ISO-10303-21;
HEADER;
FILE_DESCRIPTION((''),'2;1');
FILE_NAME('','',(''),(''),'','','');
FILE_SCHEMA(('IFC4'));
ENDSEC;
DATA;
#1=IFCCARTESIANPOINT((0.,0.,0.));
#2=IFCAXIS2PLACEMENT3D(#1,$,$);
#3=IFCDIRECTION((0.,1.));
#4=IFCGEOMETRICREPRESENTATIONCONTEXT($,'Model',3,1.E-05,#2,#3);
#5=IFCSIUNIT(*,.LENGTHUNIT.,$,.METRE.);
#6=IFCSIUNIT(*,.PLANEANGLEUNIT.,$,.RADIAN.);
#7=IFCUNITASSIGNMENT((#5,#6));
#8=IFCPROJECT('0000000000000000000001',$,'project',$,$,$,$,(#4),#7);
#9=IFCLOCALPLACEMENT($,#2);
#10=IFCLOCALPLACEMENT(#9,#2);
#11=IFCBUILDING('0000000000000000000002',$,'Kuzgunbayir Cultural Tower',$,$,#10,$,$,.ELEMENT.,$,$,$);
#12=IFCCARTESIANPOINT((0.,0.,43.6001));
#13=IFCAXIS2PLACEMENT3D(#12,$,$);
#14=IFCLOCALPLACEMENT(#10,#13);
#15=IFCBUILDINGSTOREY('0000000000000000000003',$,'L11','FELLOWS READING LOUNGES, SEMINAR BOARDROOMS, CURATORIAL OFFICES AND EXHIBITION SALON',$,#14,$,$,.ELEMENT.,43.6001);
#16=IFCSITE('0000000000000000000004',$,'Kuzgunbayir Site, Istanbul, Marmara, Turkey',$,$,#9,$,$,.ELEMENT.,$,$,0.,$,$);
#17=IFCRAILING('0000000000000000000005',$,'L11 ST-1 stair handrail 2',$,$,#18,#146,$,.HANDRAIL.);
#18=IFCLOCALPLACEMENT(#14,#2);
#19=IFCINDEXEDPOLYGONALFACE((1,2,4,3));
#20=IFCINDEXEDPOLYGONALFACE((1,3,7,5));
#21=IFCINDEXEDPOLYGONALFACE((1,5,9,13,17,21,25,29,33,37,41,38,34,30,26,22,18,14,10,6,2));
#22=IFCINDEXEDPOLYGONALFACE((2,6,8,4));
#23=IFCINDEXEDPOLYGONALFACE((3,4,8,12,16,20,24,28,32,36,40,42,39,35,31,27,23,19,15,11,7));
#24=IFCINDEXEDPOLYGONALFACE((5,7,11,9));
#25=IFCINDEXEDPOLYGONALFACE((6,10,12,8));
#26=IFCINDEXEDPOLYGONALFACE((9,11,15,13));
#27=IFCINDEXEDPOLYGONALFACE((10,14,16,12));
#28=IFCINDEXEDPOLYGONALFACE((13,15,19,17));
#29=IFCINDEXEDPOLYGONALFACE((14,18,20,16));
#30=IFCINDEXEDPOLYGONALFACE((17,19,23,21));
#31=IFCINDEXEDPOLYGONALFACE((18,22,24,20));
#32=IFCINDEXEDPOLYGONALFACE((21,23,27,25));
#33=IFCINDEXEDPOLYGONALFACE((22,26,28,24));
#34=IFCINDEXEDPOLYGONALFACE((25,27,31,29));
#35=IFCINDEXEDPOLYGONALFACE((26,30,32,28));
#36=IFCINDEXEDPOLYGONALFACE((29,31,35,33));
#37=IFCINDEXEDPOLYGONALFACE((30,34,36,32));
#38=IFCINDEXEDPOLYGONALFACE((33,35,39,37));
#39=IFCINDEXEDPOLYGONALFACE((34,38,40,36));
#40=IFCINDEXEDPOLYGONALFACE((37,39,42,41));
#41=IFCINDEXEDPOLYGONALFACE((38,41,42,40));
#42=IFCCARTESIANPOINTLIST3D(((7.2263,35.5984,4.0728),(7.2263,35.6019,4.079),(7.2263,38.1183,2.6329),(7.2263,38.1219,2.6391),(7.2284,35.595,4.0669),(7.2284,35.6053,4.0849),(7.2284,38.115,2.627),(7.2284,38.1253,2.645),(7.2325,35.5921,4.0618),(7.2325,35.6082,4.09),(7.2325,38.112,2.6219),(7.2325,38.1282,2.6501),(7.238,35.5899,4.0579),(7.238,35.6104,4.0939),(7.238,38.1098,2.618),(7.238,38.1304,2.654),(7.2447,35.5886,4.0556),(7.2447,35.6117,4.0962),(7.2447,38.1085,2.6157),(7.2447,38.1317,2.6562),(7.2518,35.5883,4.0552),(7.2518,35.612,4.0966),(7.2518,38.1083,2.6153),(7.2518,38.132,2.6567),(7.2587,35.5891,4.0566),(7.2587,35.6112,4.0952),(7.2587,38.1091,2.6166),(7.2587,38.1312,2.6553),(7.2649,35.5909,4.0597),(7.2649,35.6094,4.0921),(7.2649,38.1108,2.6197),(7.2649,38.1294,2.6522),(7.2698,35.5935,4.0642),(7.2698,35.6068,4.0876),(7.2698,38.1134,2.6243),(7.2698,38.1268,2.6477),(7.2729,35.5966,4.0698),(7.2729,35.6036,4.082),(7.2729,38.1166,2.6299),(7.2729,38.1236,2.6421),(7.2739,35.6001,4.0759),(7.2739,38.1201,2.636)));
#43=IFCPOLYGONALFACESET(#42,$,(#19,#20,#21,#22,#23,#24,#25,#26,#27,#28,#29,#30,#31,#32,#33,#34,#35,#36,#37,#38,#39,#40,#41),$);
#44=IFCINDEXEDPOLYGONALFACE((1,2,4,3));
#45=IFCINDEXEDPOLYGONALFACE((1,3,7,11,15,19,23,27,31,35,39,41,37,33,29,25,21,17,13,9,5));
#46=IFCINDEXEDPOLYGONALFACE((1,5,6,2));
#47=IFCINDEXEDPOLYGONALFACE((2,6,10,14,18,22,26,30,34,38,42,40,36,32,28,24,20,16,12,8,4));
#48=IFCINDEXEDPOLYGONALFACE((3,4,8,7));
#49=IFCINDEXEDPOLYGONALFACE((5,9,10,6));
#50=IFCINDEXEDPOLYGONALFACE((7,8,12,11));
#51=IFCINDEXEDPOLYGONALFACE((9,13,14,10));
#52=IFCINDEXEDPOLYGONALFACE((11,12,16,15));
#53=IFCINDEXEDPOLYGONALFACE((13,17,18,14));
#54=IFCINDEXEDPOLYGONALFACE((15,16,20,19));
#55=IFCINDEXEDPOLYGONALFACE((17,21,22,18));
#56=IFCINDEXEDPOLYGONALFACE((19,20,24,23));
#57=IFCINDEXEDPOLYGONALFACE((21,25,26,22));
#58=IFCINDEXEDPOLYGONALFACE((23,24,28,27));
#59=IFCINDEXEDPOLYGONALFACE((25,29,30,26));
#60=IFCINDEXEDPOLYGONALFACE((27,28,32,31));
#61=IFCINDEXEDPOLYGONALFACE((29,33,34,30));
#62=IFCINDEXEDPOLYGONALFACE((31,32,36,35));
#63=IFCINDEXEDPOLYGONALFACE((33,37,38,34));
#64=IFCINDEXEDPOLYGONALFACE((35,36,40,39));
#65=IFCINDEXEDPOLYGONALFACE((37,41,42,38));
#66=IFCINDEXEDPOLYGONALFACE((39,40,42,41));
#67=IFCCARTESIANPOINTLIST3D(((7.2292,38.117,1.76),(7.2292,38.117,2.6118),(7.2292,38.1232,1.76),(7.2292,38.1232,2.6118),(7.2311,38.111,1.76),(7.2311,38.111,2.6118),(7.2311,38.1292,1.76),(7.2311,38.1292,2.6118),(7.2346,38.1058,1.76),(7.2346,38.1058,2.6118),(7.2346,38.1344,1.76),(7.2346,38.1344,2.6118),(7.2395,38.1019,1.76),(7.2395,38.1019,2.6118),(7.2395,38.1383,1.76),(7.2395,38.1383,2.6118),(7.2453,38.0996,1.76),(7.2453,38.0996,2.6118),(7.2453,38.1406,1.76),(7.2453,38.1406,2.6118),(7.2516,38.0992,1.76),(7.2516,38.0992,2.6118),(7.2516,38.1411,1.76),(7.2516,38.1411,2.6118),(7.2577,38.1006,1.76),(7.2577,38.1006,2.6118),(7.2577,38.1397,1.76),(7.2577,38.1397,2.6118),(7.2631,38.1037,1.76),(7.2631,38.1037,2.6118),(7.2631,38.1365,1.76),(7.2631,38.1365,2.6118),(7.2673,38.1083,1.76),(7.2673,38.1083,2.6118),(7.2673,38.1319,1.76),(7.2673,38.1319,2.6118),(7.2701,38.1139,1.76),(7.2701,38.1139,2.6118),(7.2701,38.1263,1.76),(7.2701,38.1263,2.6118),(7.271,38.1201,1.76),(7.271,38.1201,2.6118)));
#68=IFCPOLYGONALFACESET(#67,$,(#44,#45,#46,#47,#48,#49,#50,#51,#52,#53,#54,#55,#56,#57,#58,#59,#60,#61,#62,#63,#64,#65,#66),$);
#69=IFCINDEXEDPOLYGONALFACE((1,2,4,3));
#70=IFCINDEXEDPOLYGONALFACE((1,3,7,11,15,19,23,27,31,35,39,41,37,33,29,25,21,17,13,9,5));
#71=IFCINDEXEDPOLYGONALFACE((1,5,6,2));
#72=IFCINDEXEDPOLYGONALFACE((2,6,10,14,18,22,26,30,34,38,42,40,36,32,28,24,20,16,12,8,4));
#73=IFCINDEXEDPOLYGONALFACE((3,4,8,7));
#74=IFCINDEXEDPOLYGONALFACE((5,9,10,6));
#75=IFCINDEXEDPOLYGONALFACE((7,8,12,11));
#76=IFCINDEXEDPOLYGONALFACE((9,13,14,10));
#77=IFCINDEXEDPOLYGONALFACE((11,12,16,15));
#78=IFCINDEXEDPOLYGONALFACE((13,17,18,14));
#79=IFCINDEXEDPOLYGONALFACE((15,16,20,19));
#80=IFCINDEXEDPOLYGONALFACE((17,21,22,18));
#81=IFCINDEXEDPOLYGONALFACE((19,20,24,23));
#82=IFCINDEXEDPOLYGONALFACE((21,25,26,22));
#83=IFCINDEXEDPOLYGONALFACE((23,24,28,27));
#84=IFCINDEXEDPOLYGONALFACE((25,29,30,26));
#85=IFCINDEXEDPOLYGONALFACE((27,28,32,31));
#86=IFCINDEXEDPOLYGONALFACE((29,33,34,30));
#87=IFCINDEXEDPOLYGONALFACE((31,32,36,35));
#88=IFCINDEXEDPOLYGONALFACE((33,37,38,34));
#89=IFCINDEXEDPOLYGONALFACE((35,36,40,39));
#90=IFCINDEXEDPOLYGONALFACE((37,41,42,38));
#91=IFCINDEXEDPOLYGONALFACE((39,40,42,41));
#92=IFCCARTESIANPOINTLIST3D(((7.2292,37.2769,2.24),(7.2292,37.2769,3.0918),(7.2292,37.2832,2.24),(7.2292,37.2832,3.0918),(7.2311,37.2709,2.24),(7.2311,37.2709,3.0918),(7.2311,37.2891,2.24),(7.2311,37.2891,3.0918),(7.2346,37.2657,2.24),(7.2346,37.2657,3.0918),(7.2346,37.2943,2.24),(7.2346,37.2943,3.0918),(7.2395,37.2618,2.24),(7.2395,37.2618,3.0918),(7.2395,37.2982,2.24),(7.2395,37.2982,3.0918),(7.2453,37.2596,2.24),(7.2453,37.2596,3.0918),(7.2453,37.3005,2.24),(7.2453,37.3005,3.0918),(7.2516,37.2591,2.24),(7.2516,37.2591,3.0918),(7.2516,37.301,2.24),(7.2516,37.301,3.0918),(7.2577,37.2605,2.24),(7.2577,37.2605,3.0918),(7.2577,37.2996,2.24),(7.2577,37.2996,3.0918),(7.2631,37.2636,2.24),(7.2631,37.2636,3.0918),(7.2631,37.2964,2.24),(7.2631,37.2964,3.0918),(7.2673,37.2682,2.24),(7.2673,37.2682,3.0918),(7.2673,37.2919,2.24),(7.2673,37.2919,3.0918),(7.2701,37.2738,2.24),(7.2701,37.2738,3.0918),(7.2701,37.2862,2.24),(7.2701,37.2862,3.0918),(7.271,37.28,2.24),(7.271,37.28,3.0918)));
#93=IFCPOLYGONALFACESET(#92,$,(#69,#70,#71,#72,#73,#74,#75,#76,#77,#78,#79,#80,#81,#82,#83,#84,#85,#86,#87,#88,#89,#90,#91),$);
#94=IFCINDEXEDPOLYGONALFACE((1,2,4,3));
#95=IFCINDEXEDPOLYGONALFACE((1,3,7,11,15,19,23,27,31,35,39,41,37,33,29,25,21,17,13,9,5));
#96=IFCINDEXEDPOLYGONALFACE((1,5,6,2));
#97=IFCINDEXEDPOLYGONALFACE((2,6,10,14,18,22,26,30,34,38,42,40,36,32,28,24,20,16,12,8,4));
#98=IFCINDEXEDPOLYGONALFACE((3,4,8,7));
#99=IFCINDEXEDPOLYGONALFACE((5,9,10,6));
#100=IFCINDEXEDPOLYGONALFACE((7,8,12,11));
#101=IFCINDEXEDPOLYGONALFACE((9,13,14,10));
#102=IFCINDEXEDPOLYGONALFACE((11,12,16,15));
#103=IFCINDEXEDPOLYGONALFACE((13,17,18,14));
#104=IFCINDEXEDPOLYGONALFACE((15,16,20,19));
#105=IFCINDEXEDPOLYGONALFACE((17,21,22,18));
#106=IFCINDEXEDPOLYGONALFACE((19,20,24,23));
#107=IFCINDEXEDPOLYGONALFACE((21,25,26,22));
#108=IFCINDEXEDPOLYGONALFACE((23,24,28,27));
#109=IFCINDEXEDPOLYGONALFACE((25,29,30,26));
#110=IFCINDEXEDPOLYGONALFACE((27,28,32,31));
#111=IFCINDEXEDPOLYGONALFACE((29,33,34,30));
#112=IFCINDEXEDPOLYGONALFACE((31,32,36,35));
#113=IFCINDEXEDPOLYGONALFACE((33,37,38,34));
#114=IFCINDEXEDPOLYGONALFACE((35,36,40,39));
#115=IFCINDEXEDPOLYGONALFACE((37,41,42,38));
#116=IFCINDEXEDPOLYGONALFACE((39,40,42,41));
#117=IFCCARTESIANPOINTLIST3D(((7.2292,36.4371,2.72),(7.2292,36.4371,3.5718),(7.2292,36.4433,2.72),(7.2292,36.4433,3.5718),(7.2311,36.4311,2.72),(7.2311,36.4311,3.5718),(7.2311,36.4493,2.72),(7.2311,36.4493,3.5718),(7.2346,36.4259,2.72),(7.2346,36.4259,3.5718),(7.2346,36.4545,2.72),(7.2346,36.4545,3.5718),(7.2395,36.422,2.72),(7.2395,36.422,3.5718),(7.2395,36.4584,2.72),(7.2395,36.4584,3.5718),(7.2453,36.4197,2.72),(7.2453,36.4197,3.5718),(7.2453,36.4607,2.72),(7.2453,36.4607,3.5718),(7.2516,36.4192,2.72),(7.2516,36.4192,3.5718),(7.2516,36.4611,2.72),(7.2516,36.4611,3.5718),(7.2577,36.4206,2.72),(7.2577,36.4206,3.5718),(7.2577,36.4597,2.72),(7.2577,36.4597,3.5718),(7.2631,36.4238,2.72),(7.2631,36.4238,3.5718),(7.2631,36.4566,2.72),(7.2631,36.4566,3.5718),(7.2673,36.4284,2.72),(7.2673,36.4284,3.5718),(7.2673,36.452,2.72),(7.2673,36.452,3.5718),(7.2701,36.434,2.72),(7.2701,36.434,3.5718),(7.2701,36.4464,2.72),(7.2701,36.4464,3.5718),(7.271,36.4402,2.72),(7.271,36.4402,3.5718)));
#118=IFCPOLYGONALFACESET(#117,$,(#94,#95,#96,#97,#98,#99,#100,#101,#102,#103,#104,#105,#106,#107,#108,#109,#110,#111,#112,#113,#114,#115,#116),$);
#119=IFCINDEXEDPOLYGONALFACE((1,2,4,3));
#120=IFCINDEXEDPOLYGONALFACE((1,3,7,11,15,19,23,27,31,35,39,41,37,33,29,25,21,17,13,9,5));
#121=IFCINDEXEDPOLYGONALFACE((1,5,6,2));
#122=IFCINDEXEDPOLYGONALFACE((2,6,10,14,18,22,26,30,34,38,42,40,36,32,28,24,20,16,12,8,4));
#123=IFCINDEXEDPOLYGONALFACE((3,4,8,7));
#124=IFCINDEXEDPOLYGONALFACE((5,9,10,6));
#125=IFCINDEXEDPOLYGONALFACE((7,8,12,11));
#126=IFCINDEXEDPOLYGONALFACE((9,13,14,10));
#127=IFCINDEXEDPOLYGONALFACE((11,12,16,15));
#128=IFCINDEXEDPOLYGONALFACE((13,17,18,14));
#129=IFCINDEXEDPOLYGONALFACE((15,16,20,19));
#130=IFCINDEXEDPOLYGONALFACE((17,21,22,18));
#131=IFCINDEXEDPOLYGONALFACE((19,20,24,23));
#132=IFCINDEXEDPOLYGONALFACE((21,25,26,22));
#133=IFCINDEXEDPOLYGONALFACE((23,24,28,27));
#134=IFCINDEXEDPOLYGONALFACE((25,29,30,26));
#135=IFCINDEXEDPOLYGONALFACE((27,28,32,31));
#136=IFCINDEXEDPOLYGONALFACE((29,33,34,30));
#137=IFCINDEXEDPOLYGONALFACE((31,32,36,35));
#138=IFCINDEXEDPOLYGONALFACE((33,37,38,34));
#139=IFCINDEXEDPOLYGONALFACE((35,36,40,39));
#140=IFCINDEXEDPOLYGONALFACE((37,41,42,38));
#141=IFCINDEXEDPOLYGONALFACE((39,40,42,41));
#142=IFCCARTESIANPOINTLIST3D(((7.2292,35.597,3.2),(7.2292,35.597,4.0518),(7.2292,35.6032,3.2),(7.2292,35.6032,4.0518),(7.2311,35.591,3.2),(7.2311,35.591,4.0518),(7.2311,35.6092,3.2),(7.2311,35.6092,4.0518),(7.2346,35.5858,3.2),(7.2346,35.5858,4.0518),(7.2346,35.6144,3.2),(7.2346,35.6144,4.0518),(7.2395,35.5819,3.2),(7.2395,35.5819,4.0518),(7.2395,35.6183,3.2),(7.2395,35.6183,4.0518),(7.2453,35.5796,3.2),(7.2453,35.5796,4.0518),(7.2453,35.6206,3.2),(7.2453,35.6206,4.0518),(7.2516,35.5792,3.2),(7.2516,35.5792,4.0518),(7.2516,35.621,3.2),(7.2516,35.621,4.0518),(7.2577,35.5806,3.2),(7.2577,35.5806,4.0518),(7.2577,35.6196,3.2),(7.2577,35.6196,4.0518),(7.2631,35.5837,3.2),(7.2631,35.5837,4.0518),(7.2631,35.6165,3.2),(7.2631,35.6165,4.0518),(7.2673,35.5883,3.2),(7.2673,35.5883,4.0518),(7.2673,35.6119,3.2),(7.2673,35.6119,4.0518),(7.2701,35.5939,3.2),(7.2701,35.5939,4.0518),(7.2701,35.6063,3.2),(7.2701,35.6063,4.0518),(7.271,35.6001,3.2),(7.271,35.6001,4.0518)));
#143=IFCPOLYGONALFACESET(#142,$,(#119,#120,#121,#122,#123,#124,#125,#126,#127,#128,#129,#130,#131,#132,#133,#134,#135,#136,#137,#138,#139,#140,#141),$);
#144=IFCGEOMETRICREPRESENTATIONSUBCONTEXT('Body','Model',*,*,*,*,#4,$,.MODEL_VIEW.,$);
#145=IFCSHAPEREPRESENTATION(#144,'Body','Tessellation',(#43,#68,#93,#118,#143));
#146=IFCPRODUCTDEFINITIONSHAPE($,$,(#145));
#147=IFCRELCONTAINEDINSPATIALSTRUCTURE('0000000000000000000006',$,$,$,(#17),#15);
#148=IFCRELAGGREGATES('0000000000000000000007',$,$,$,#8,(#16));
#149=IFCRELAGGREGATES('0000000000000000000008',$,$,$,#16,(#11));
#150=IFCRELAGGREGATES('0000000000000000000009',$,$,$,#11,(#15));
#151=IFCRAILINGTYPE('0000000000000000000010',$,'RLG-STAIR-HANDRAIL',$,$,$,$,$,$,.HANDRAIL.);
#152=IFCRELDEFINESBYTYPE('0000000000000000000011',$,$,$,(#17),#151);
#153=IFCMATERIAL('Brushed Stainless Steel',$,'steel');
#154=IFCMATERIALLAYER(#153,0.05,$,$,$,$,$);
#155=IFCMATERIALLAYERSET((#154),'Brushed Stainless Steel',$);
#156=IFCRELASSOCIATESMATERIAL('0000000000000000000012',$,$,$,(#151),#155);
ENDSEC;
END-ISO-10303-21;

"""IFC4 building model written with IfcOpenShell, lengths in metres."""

from ifc_helpers import new_model, si_unit, direction, frame, origin, origin_2d, place, context, subcontext, project, spatial, circle, extrude, material, layer, layer_set, type_object, element, save


model = new_model("IFC4")

# Units and contexts
model_context = context("Model", 3, precision=1e-05, world=origin(), true_north=direction((0.0, 1.0)))
body_context = subcontext(model_context, "Body", "Model", "MODEL_VIEW")
ifc_project = project(units=[si_unit("LENGTHUNIT", "METRE"), si_unit("PLANEANGLEUNIT", "RADIAN")], contexts=[model_context])

# Site, building, storey
site_placement = place(None, origin())
site = spatial("IfcSite", under=ifc_project, at=site_placement, Name="Kuzgunbayir Site, Istanbul, Marmara, Turkey", CompositionType="ELEMENT", RefElevation=0.0)
building_placement = place(site_placement, origin())
building = spatial("IfcBuilding", under=site, at=building_placement, Name="Kuzgunbayir Cultural Tower", CompositionType="ELEMENT")
storey_placement = place(building_placement, frame((0.0, 0.0, 43.6001)))
storey = spatial("IfcBuildingStorey", under=building, at=storey_placement, Name="L11", Description="FELLOWS READING LOUNGES, SEMINAR BOARDROOMS, CURATORIAL OFFICES AND EXHIBITION SALON", CompositionType="ELEMENT", Elevation=43.6001)

# Railing
ifc_material_1 = material(Name="Brushed Stainless Steel", Category="steel")
ifc_layer_1 = layer(ifc_material_1, 0.05)
ifc_layer_set_1 = layer_set([ifc_layer_1], Name="Brushed Stainless Steel")
railing_type_1 = type_object("IfcRailingType", Name="RLG-STAIR-HANDRAIL", PredefinedType="HANDRAIL", material=ifc_layer_set_1)
railing_1_placement = place(storey_placement, frame((7.25, 38.1201, 1.76)))
element("IfcRailing", 1, at=railing_1_placement, inside=storey, type_object=railing_type_1, Name="L11 ST-1 stair handrail 2", PredefinedType="HANDRAIL", context=body_context, shape_type="SweptSolid", body=[
    extrude(circle(Radius=0.0239, at=origin_2d()), frame((0.0, 0.0, 0.876), z_axis=(0.0, -0.868253, 0.496121), x_axis=(1.0, 0.0, 0.0)), (0.0, 0.0, 1.0), 2.9023),
    extrude(circle(Radius=0.021, at=origin_2d()), origin(), (0.0, 0.0, 1.0), 0.8518),
    extrude(circle(Radius=0.021, at=origin_2d()), frame((0.0, -0.8401, 0.48)), (0.0, 0.0, 1.0), 0.8518),
    extrude(circle(Radius=0.021, at=origin_2d()), frame((0.0, -1.6799, 0.96)), (0.0, 0.0, 1.0), 0.8518),
    extrude(circle(Radius=0.021, at=origin_2d()), frame((0.0, -2.52, 1.4399)), (0.0, 0.0, 1.0), 0.8518),
])

save(model, "model.ifc")
